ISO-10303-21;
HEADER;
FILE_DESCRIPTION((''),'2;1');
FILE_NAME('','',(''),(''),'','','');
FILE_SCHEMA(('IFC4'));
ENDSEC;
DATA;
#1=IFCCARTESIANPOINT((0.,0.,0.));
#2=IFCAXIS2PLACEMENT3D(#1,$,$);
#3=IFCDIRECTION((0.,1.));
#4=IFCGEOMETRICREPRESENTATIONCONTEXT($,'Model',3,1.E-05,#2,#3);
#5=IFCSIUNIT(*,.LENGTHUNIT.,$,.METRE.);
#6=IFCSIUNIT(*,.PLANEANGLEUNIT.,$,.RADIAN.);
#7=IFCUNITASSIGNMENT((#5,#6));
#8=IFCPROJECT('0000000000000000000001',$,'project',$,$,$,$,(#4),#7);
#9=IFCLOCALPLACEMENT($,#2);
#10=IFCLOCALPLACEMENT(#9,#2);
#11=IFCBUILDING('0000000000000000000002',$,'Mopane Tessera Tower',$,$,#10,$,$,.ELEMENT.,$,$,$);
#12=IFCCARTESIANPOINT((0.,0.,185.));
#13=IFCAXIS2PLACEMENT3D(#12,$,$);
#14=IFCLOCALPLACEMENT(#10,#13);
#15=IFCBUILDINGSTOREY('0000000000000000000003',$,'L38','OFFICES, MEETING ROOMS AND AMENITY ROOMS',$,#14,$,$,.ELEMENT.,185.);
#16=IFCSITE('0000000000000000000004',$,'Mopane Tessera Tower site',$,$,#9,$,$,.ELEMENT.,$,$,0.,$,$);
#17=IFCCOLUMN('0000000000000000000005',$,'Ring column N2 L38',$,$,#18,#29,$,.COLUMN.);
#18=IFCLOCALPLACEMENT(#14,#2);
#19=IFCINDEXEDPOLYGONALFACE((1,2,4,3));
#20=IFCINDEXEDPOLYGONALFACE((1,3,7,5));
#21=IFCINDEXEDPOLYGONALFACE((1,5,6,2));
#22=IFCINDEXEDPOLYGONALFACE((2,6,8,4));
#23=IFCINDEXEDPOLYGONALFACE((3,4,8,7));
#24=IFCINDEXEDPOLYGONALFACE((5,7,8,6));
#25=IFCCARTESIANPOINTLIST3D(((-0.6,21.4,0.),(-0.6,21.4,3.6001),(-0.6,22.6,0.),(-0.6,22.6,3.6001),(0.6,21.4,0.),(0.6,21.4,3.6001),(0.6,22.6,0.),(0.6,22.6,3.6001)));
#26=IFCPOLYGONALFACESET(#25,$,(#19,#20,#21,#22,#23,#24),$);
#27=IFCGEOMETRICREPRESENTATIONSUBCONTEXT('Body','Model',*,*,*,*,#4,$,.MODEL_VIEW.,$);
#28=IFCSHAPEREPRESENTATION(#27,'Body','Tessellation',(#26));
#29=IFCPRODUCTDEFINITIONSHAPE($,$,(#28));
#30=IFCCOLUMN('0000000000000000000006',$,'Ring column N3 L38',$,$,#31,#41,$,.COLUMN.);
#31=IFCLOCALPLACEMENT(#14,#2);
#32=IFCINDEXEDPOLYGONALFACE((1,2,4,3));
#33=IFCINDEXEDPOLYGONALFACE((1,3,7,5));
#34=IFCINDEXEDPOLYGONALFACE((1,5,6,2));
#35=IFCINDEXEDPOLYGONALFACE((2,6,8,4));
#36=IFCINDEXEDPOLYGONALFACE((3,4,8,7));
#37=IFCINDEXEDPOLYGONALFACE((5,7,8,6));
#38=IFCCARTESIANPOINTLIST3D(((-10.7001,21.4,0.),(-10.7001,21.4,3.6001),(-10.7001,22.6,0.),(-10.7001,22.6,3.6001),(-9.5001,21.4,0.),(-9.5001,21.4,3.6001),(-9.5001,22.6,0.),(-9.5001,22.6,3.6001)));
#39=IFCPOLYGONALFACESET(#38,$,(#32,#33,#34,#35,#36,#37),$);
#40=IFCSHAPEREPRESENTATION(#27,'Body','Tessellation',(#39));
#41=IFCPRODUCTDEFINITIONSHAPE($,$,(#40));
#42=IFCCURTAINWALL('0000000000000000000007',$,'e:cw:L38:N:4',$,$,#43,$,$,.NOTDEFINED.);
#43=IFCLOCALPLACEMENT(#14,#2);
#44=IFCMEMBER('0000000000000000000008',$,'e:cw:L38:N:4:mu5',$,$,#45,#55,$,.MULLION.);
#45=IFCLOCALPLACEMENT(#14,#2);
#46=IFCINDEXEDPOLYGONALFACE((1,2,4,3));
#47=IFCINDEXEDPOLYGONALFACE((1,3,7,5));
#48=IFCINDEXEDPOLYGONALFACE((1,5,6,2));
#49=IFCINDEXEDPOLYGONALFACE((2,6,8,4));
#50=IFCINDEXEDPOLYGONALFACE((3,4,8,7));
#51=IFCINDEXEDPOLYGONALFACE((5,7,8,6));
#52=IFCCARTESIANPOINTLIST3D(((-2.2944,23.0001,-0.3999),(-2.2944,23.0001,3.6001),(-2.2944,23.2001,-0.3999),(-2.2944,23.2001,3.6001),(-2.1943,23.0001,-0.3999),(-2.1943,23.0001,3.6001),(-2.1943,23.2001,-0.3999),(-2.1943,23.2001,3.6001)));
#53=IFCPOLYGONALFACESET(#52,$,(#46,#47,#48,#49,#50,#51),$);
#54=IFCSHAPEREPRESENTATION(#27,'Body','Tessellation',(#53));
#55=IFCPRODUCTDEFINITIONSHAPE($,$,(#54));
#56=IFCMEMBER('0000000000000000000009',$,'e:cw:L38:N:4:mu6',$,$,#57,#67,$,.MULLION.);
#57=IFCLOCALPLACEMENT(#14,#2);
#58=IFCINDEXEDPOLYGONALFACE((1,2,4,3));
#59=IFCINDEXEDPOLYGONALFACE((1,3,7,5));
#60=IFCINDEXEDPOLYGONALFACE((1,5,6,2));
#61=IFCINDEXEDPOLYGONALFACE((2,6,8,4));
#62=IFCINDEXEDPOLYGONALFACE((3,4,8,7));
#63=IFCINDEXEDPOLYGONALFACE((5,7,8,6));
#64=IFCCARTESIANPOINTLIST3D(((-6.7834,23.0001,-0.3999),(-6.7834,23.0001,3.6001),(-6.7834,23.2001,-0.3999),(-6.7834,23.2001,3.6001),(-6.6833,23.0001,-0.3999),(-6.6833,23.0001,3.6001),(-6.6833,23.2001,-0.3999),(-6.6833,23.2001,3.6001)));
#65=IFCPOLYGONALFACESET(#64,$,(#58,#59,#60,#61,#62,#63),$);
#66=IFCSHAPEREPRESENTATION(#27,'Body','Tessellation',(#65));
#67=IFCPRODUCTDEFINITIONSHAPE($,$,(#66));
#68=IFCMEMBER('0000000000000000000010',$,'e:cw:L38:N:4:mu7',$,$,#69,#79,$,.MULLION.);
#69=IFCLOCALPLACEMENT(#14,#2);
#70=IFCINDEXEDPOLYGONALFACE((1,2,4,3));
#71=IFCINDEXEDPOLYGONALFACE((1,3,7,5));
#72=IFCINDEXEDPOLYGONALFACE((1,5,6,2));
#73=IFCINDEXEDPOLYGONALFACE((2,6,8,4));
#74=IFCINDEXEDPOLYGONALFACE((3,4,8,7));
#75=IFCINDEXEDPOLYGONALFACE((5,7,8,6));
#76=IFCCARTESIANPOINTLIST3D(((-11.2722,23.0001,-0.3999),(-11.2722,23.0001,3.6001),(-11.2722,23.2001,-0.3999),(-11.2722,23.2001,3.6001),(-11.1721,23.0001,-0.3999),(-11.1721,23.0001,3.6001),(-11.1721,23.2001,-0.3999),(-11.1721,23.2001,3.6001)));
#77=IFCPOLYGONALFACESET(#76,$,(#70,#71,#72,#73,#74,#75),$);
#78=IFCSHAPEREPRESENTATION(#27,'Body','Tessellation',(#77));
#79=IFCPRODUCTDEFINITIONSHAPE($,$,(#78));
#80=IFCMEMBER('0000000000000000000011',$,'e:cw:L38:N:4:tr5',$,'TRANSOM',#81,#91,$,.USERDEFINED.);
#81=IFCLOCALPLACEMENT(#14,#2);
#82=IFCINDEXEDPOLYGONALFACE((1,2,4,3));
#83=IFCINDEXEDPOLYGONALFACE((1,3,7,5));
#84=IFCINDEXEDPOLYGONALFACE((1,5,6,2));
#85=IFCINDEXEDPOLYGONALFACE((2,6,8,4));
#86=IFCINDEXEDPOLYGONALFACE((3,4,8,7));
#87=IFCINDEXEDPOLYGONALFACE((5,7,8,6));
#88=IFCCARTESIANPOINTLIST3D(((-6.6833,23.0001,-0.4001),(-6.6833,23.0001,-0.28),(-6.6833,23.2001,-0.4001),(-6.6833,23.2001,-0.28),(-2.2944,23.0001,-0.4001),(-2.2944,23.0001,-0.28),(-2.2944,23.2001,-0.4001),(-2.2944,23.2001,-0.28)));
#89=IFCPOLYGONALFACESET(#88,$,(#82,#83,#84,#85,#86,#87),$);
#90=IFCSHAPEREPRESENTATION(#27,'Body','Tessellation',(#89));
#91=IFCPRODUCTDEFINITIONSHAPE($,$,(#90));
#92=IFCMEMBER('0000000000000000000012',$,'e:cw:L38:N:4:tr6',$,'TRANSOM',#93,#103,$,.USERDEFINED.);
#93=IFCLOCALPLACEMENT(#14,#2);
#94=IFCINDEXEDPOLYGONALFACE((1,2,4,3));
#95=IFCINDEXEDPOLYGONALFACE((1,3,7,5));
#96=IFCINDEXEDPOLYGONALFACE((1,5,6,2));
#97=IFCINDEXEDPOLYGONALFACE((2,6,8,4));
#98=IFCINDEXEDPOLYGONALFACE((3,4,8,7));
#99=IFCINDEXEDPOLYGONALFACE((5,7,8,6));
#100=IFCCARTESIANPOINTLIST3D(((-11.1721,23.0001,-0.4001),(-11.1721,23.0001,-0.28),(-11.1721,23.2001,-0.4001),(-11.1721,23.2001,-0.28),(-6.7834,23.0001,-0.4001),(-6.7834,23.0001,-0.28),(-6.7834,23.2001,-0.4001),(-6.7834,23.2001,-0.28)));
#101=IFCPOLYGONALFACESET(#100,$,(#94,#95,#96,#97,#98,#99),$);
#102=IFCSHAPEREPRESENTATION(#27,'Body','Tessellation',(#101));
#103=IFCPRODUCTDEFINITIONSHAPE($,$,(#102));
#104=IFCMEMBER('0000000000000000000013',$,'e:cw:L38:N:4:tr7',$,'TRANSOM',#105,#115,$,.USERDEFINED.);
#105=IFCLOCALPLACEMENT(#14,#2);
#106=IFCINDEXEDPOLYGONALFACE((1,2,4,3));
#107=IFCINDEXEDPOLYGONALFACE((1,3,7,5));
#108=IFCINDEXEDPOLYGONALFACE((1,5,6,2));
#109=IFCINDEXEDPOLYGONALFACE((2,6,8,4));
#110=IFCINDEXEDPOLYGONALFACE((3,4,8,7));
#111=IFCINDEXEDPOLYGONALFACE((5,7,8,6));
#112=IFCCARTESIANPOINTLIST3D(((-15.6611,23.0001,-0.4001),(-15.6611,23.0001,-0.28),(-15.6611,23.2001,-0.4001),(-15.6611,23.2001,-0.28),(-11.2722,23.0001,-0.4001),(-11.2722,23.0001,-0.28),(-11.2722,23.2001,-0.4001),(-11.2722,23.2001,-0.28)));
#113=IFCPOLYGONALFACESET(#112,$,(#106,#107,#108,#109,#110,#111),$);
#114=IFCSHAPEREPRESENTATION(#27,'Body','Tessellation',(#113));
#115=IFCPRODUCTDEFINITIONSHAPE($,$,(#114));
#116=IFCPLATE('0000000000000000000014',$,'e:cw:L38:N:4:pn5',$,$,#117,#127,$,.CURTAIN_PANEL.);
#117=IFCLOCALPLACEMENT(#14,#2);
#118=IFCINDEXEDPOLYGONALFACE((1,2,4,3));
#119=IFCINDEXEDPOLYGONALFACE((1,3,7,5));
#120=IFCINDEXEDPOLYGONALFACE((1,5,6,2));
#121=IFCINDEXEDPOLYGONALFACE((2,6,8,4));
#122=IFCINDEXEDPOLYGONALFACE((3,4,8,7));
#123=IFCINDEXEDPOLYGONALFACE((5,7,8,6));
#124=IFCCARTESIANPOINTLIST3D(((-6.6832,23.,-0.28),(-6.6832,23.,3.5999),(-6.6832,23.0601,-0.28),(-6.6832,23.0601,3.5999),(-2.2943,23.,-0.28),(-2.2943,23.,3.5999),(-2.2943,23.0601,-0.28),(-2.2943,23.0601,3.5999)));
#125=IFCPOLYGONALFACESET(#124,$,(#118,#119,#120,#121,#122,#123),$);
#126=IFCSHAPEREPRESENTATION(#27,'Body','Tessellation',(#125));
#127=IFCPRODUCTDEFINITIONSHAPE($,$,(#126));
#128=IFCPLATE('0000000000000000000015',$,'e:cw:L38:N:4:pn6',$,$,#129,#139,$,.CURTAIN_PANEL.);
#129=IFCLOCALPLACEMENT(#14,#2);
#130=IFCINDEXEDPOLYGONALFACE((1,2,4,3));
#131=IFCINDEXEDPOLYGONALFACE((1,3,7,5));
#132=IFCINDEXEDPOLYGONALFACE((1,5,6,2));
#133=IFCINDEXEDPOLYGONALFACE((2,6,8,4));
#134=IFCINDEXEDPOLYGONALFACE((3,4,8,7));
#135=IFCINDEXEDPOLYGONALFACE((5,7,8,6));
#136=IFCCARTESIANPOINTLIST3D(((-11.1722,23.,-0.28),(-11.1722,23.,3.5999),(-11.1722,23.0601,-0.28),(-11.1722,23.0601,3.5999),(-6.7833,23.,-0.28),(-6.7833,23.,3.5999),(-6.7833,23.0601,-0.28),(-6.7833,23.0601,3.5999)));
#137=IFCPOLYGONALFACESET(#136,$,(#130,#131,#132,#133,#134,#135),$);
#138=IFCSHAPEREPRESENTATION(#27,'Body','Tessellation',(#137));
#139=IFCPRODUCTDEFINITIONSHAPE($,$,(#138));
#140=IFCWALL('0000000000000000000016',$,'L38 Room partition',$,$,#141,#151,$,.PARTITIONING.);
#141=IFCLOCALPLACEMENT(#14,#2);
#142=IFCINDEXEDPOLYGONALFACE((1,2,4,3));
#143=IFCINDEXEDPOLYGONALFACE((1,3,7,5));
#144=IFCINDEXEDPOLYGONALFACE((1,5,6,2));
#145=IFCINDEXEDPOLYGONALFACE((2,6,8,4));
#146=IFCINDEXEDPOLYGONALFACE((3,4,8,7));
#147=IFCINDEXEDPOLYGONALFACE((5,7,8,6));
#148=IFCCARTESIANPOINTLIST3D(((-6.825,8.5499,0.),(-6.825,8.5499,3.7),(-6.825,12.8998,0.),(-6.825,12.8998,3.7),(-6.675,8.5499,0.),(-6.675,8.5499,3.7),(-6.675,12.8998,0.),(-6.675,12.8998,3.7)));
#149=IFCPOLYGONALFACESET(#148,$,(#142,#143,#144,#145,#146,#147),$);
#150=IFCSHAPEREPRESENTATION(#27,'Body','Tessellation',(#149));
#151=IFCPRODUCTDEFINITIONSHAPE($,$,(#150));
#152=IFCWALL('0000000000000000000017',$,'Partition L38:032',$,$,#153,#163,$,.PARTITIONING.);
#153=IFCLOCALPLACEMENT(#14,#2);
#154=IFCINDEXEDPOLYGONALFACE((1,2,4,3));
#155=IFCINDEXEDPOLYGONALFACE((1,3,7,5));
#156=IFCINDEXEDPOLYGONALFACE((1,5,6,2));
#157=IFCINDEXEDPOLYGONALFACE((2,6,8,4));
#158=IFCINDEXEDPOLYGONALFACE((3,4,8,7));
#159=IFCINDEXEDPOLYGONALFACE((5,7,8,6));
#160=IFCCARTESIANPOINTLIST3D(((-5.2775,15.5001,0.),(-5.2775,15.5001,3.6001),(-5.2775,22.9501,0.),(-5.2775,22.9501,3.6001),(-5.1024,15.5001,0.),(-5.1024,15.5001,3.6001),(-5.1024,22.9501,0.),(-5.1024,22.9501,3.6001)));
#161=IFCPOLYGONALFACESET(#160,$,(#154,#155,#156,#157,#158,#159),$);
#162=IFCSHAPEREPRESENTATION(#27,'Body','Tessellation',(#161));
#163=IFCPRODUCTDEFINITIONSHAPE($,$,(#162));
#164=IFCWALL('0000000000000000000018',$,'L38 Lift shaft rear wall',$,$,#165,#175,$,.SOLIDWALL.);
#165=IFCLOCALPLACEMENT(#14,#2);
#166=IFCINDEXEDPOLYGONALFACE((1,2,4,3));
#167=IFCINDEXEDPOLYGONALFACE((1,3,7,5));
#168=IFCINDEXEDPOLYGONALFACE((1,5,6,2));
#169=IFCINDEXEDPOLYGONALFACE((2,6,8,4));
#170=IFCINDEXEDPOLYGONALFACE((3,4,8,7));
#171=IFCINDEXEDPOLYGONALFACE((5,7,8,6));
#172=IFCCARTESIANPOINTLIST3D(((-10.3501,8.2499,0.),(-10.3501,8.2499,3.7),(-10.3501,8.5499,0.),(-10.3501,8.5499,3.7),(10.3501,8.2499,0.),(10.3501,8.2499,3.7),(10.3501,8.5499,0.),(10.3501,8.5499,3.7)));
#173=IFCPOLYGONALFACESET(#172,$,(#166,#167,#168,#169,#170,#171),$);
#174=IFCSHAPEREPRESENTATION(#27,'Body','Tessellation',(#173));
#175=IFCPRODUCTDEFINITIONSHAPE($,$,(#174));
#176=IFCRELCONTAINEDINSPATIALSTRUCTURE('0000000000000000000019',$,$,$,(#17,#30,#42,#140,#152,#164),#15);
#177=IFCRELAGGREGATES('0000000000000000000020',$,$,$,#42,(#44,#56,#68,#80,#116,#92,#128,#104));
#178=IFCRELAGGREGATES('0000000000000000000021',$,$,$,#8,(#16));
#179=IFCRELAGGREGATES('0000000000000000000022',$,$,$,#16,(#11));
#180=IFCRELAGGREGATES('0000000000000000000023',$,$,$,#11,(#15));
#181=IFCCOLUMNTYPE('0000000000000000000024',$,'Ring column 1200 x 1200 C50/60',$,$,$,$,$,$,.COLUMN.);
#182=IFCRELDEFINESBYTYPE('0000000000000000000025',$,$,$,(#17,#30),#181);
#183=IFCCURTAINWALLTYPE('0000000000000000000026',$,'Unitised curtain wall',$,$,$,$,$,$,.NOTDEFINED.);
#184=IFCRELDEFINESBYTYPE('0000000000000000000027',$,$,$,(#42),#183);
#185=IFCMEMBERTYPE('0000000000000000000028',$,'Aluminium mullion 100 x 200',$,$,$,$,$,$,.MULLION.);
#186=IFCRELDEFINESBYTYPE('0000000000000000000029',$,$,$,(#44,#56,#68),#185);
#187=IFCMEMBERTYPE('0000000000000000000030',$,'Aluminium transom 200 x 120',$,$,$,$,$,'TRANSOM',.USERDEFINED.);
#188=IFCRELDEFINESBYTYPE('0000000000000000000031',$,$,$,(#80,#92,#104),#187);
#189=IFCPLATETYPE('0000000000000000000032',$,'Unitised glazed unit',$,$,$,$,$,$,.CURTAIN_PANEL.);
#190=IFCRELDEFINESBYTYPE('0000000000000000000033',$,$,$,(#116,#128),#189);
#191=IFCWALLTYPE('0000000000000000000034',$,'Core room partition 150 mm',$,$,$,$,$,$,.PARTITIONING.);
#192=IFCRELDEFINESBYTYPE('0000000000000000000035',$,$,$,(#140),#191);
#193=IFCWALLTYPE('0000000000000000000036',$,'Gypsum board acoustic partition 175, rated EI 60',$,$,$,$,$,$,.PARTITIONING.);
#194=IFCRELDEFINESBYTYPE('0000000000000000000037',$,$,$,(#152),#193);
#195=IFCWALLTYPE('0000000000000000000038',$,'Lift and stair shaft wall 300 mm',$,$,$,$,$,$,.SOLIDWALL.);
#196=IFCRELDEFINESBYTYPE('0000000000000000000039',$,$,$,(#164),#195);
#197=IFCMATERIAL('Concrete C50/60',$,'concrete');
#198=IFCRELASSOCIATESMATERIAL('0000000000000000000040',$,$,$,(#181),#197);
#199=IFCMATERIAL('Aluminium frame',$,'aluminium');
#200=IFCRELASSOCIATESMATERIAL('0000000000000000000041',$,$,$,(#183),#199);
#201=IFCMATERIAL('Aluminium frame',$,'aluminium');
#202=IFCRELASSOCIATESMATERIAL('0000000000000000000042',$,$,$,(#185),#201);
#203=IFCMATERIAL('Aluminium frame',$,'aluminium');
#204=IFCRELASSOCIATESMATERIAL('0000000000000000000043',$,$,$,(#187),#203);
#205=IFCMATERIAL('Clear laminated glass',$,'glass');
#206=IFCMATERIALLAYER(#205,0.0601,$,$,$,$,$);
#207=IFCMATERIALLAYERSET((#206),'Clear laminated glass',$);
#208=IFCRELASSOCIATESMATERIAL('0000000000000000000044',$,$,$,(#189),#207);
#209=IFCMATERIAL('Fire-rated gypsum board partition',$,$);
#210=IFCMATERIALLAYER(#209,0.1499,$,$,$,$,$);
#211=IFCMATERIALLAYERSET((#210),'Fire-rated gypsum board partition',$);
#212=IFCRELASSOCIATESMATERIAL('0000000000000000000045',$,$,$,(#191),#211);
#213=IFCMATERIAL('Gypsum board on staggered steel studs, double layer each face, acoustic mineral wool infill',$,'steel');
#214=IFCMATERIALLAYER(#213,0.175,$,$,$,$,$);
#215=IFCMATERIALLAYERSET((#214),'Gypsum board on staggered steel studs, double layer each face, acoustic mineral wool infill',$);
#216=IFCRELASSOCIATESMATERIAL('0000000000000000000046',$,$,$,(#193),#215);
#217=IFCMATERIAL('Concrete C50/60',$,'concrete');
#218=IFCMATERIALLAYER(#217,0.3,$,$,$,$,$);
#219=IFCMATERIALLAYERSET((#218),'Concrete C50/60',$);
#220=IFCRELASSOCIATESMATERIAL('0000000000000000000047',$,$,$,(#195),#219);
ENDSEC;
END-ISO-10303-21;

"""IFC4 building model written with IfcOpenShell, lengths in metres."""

from ifc_helpers import new_model, si_unit, direction, frame, frame_2d, origin, origin_2d, place, context, subcontext, project, spatial, rectangle, extrude, material, layer, layer_set, material_profile, profile_set, type_object, element, aggregate, save


model = new_model("IFC4")

# Units and contexts
model_context = context("Model", 3, precision=1e-05, world=origin(), true_north=direction((0.0, 1.0)))
body_context = subcontext(model_context, "Body", "Model", "MODEL_VIEW")
ifc_project = project(units=[si_unit("LENGTHUNIT", "METRE"), si_unit("PLANEANGLEUNIT", "RADIAN")], contexts=[model_context])

# Site, building, storey
site_placement = place(None, origin())
site = spatial("IfcSite", under=ifc_project, at=site_placement, Name="Mopane Tessera Tower site", CompositionType="ELEMENT", RefElevation=0.0)
building_placement = place(site_placement, origin())
building = spatial("IfcBuilding", under=site, at=building_placement, Name="Mopane Tessera Tower", CompositionType="ELEMENT")
storey_placement = place(building_placement, frame((0.0, 0.0, 185.0)))
storey = spatial("IfcBuildingStorey", under=building, at=storey_placement, Name="L38", Description="OFFICES, MEETING ROOMS AND AMENITY ROOMS", CompositionType="ELEMENT", Elevation=185.0)

# Columns
ifc_material_1 = material(Name="Concrete C50/60", Category="concrete")
ifc_material_profile_1 = material_profile(ifc_material_1, rectangle(XDim=1.2, YDim=1.2, at=origin_2d()))
ifc_profile_set_1 = profile_set([ifc_material_profile_1], Name="Concrete C50/60")
column_type = type_object("IfcColumnType", Name="Ring column 1200 x 1200 C50/60", PredefinedType="COLUMN", material=ifc_profile_set_1)
for number, where, z_axis, x_axis, name in (
    (1, (0.0, 22.0, 0.0), (0.0, 0.0, 1.0), (1.0, 0.0, 0.0), "Ring column N2 L38"),
    (2, (-10.1001, 22.0, 0.0), (0.0, 0.0, 1.0), (1.0, 0.0, 0.0), "Ring column N3 L38"),
):
    element("IfcColumn", number, at=place(storey_placement, frame(where, z_axis=z_axis, x_axis=x_axis)), inside=storey, type_object=column_type, Name=name, PredefinedType="COLUMN", context=body_context, shape_type="SweptSolid", body=[
        extrude(rectangle(XDim=1.2, YDim=1.2, at=origin_2d()), origin(), (0.0, 0.0, 1.0), 3.6001),
    ])

# Curtain wall, members, plates
ifc_material_2 = material(Name="Aluminium frame", Category="aluminium")
curtain_wall_type = type_object("IfcCurtainWallType", Name="Unitised curtain wall", PredefinedType="NOTDEFINED", material=ifc_material_2)
curtain_wall_placement = place(storey_placement, origin())
curtain_wall = element("IfcCurtainWall", 3, at=curtain_wall_placement, inside=storey, type_object=curtain_wall_type, Name="e:cw:L38:N:4", PredefinedType="NOTDEFINED")
ifc_material_3 = material(Name="Aluminium frame", Category="aluminium")
ifc_material_profile_2 = material_profile(ifc_material_3, rectangle(XDim=0.1001, YDim=0.2, at=origin_2d()))
ifc_profile_set_2 = profile_set([ifc_material_profile_2], Name="Aluminium frame")
member_type_1 = type_object("IfcMemberType", Name="Aluminium mullion 100 x 200", PredefinedType="MULLION", material=ifc_profile_set_2)
member_1_placement = place(storey_placement, frame((-2.2444, 23.1001, -0.3999), z_axis=(0.0, 0.0, 1.0), x_axis=(-1.0, 0.0, 0.0)))
member_1 = element("IfcMember", 4, at=member_1_placement, type_object=member_type_1, Name="e:cw:L38:N:4:mu5", PredefinedType="MULLION", context=body_context, shape_type="SweptSolid", body=[
    extrude(rectangle(XDim=0.1001, YDim=0.2, at=origin_2d()), origin(), (0.0, 0.0, 1.0), 4.0),
])
member_2_placement = place(storey_placement, frame((-6.7334, 23.1001, -0.3999), z_axis=(0.0, 0.0, 1.0), x_axis=(-1.0, 0.0, 0.0)))
member_2 = element("IfcMember", 5, at=member_2_placement, type_object=member_type_1, Name="e:cw:L38:N:4:mu6", PredefinedType="MULLION", context=body_context, shape_type="SweptSolid", body=[
    extrude(rectangle(XDim=0.1001, YDim=0.2, at=origin_2d()), origin(), (0.0, 0.0, 1.0), 4.0),
])
member_3_placement = place(storey_placement, frame((-11.2222, 23.1001, -0.3999), z_axis=(0.0, 0.0, 1.0), x_axis=(-1.0, 0.0, 0.0)))
member_3 = element("IfcMember", 6, at=member_3_placement, type_object=member_type_1, Name="e:cw:L38:N:4:mu7", PredefinedType="MULLION", context=body_context, shape_type="SweptSolid", body=[
    extrude(rectangle(XDim=0.1001, YDim=0.2, at=origin_2d()), origin(), (0.0, 0.0, 1.0), 4.0),
])
ifc_material_4 = material(Name="Aluminium frame", Category="aluminium")
ifc_material_profile_3 = material_profile(ifc_material_4, rectangle(XDim=0.2, YDim=0.1201, at=origin_2d()))
ifc_profile_set_3 = profile_set([ifc_material_profile_3], Name="Aluminium frame")
member_type_2 = type_object("IfcMemberType", Name="Aluminium transom 200 x 120", ElementType="TRANSOM", PredefinedType="USERDEFINED", material=ifc_profile_set_3)
member_4_placement = place(storey_placement, frame((-2.2944, 23.1001, -0.3401), z_axis=(-1.0, 0.0, 0.0), x_axis=(0.0, -1.0, 0.0)))
member_4 = element("IfcMember", 7, at=member_4_placement, type_object=member_type_2, Name="e:cw:L38:N:4:tr5", ObjectType="TRANSOM", PredefinedType="USERDEFINED", context=body_context, shape_type="SweptSolid", body=[
    extrude(rectangle(XDim=0.2, YDim=0.1201, at=origin_2d()), origin(), (0.0, 0.0, 1.0), 4.3889),
])
member_5_placement = place(storey_placement, frame((-6.7834, 23.1001, -0.3401), z_axis=(-1.0, 0.0, 0.0), x_axis=(0.0, -1.0, 0.0)))
member_5 = element("IfcMember", 8, at=member_5_placement, type_object=member_type_2, Name="e:cw:L38:N:4:tr6", ObjectType="TRANSOM", PredefinedType="USERDEFINED", context=body_context, shape_type="SweptSolid", body=[
    extrude(rectangle(XDim=0.2, YDim=0.1201, at=origin_2d()), origin(), (0.0, 0.0, 1.0), 4.3887),
])
member_6_placement = place(storey_placement, frame((-11.2722, 23.1001, -0.3401), z_axis=(-1.0, 0.0, 0.0), x_axis=(0.0, -1.0, 0.0)))
member_6 = element("IfcMember", 9, at=member_6_placement, type_object=member_type_2, Name="e:cw:L38:N:4:tr7", ObjectType="TRANSOM", PredefinedType="USERDEFINED", context=body_context, shape_type="SweptSolid", body=[
    extrude(rectangle(XDim=0.2, YDim=0.1201, at=origin_2d()), origin(), (0.0, 0.0, 1.0), 4.3889),
])
ifc_material_5 = material(Name="Clear laminated glass", Category="glass")
ifc_layer_1 = layer(ifc_material_5, 0.0601)
ifc_layer_set_1 = layer_set([ifc_layer_1], Name="Clear laminated glass")
plate_type = type_object("IfcPlateType", Name="Unitised glazed unit", PredefinedType="CURTAIN_PANEL", material=ifc_layer_set_1)
plate_1_placement = place(storey_placement, frame((-4.4888, 23.03, -0.28), z_axis=(0.0, 0.0, 1.0), x_axis=(-1.0, 0.0, 0.0)))
plate_1 = element("IfcPlate", 10, at=plate_1_placement, type_object=plate_type, Name="e:cw:L38:N:4:pn5", PredefinedType="CURTAIN_PANEL", context=body_context, shape_type="SweptSolid", body=[
    extrude(rectangle(XDim=4.3889, YDim=0.0601, at=origin_2d()), origin(), (0.0, 0.0, 1.0), 3.8799),
])
plate_2_placement = place(storey_placement, frame((-8.9778, 23.03, -0.28), z_axis=(0.0, 0.0, 1.0), x_axis=(-1.0, 0.0, 0.0)))
plate_2 = element("IfcPlate", 11, at=plate_2_placement, type_object=plate_type, Name="e:cw:L38:N:4:pn6", PredefinedType="CURTAIN_PANEL", context=body_context, shape_type="SweptSolid", body=[
    extrude(rectangle(XDim=4.3889, YDim=0.0601, at=origin_2d()), origin(), (0.0, 0.0, 1.0), 3.8799),
])
aggregate(curtain_wall, [member_1, member_2, member_3, member_4, plate_1, member_5, plate_2, member_6])

# Walls
ifc_material_6 = material(Name="Fire-rated gypsum board partition")
ifc_layer_2 = layer(ifc_material_6, 0.1499)
ifc_layer_set_2 = layer_set([ifc_layer_2], Name="Fire-rated gypsum board partition")
wall_type_1 = type_object("IfcWallType", Name="Core room partition 150 mm", PredefinedType="PARTITIONING", material=ifc_layer_set_2)
wall_1_placement = place(storey_placement, frame((-6.75, 8.55, 0.0), z_axis=(0.0, 0.0, 1.0), x_axis=(0.0, 1.0, 0.0)))
element("IfcWall", 12, at=wall_1_placement, inside=storey, type_object=wall_type_1, Name="L38 Room partition", PredefinedType="PARTITIONING", context=body_context, shape_type="SweptSolid", body=[
    extrude(rectangle(XDim=4.3499, YDim=0.1499, at=frame_2d((2.1748, 0.0))), origin(), (0.0, 0.0, 1.0), 3.7),
])
ifc_material_7 = material(Name="Gypsum board on staggered steel studs, double layer each face, acoustic mineral wool infill", Category="steel")
ifc_layer_3 = layer(ifc_material_7, 0.175)
ifc_layer_set_3 = layer_set([ifc_layer_3], Name="Gypsum board on staggered steel studs, double layer each face, acoustic mineral wool infill")
wall_type_2 = type_object("IfcWallType", Name="Gypsum board acoustic partition 175, rated EI 60", PredefinedType="PARTITIONING", material=ifc_layer_set_3)
wall_2_placement = place(storey_placement, frame((-5.1899, 15.5, 0.0), z_axis=(0.0, 0.0, 1.0), x_axis=(0.0, 1.0, 0.0)))
element("IfcWall", 13, at=wall_2_placement, inside=storey, type_object=wall_type_2, Name="Partition L38:032", PredefinedType="PARTITIONING", context=body_context, shape_type="SweptSolid", body=[
    extrude(rectangle(XDim=7.45, YDim=0.175, at=frame_2d((3.7251, 0.0))), origin(), (0.0, 0.0, 1.0), 3.6001),
])
ifc_material_8 = material(Name="Concrete C50/60", Category="concrete")
ifc_layer_4 = layer(ifc_material_8, 0.3)
ifc_layer_set_4 = layer_set([ifc_layer_4], Name="Concrete C50/60")
wall_type_3 = type_object("IfcWallType", Name="Lift and stair shaft wall 300 mm", PredefinedType="SOLIDWALL", material=ifc_layer_set_4)
wall_3_placement = place(storey_placement, frame((-10.3501, 8.3999, 0.0), z_axis=(0.0, 0.0, 1.0), x_axis=(1.0, 0.0, 0.0)))
element("IfcWall", 14, at=wall_3_placement, inside=storey, type_object=wall_type_3, Name="L38 Lift shaft rear wall", PredefinedType="SOLIDWALL", context=body_context, shape_type="SweptSolid", body=[
    extrude(rectangle(XDim=20.7002, YDim=0.3, at=frame_2d((10.3501, 0.0))), origin(), (0.0, 0.0, 1.0), 3.7),
])

save(model, "model.ifc")
